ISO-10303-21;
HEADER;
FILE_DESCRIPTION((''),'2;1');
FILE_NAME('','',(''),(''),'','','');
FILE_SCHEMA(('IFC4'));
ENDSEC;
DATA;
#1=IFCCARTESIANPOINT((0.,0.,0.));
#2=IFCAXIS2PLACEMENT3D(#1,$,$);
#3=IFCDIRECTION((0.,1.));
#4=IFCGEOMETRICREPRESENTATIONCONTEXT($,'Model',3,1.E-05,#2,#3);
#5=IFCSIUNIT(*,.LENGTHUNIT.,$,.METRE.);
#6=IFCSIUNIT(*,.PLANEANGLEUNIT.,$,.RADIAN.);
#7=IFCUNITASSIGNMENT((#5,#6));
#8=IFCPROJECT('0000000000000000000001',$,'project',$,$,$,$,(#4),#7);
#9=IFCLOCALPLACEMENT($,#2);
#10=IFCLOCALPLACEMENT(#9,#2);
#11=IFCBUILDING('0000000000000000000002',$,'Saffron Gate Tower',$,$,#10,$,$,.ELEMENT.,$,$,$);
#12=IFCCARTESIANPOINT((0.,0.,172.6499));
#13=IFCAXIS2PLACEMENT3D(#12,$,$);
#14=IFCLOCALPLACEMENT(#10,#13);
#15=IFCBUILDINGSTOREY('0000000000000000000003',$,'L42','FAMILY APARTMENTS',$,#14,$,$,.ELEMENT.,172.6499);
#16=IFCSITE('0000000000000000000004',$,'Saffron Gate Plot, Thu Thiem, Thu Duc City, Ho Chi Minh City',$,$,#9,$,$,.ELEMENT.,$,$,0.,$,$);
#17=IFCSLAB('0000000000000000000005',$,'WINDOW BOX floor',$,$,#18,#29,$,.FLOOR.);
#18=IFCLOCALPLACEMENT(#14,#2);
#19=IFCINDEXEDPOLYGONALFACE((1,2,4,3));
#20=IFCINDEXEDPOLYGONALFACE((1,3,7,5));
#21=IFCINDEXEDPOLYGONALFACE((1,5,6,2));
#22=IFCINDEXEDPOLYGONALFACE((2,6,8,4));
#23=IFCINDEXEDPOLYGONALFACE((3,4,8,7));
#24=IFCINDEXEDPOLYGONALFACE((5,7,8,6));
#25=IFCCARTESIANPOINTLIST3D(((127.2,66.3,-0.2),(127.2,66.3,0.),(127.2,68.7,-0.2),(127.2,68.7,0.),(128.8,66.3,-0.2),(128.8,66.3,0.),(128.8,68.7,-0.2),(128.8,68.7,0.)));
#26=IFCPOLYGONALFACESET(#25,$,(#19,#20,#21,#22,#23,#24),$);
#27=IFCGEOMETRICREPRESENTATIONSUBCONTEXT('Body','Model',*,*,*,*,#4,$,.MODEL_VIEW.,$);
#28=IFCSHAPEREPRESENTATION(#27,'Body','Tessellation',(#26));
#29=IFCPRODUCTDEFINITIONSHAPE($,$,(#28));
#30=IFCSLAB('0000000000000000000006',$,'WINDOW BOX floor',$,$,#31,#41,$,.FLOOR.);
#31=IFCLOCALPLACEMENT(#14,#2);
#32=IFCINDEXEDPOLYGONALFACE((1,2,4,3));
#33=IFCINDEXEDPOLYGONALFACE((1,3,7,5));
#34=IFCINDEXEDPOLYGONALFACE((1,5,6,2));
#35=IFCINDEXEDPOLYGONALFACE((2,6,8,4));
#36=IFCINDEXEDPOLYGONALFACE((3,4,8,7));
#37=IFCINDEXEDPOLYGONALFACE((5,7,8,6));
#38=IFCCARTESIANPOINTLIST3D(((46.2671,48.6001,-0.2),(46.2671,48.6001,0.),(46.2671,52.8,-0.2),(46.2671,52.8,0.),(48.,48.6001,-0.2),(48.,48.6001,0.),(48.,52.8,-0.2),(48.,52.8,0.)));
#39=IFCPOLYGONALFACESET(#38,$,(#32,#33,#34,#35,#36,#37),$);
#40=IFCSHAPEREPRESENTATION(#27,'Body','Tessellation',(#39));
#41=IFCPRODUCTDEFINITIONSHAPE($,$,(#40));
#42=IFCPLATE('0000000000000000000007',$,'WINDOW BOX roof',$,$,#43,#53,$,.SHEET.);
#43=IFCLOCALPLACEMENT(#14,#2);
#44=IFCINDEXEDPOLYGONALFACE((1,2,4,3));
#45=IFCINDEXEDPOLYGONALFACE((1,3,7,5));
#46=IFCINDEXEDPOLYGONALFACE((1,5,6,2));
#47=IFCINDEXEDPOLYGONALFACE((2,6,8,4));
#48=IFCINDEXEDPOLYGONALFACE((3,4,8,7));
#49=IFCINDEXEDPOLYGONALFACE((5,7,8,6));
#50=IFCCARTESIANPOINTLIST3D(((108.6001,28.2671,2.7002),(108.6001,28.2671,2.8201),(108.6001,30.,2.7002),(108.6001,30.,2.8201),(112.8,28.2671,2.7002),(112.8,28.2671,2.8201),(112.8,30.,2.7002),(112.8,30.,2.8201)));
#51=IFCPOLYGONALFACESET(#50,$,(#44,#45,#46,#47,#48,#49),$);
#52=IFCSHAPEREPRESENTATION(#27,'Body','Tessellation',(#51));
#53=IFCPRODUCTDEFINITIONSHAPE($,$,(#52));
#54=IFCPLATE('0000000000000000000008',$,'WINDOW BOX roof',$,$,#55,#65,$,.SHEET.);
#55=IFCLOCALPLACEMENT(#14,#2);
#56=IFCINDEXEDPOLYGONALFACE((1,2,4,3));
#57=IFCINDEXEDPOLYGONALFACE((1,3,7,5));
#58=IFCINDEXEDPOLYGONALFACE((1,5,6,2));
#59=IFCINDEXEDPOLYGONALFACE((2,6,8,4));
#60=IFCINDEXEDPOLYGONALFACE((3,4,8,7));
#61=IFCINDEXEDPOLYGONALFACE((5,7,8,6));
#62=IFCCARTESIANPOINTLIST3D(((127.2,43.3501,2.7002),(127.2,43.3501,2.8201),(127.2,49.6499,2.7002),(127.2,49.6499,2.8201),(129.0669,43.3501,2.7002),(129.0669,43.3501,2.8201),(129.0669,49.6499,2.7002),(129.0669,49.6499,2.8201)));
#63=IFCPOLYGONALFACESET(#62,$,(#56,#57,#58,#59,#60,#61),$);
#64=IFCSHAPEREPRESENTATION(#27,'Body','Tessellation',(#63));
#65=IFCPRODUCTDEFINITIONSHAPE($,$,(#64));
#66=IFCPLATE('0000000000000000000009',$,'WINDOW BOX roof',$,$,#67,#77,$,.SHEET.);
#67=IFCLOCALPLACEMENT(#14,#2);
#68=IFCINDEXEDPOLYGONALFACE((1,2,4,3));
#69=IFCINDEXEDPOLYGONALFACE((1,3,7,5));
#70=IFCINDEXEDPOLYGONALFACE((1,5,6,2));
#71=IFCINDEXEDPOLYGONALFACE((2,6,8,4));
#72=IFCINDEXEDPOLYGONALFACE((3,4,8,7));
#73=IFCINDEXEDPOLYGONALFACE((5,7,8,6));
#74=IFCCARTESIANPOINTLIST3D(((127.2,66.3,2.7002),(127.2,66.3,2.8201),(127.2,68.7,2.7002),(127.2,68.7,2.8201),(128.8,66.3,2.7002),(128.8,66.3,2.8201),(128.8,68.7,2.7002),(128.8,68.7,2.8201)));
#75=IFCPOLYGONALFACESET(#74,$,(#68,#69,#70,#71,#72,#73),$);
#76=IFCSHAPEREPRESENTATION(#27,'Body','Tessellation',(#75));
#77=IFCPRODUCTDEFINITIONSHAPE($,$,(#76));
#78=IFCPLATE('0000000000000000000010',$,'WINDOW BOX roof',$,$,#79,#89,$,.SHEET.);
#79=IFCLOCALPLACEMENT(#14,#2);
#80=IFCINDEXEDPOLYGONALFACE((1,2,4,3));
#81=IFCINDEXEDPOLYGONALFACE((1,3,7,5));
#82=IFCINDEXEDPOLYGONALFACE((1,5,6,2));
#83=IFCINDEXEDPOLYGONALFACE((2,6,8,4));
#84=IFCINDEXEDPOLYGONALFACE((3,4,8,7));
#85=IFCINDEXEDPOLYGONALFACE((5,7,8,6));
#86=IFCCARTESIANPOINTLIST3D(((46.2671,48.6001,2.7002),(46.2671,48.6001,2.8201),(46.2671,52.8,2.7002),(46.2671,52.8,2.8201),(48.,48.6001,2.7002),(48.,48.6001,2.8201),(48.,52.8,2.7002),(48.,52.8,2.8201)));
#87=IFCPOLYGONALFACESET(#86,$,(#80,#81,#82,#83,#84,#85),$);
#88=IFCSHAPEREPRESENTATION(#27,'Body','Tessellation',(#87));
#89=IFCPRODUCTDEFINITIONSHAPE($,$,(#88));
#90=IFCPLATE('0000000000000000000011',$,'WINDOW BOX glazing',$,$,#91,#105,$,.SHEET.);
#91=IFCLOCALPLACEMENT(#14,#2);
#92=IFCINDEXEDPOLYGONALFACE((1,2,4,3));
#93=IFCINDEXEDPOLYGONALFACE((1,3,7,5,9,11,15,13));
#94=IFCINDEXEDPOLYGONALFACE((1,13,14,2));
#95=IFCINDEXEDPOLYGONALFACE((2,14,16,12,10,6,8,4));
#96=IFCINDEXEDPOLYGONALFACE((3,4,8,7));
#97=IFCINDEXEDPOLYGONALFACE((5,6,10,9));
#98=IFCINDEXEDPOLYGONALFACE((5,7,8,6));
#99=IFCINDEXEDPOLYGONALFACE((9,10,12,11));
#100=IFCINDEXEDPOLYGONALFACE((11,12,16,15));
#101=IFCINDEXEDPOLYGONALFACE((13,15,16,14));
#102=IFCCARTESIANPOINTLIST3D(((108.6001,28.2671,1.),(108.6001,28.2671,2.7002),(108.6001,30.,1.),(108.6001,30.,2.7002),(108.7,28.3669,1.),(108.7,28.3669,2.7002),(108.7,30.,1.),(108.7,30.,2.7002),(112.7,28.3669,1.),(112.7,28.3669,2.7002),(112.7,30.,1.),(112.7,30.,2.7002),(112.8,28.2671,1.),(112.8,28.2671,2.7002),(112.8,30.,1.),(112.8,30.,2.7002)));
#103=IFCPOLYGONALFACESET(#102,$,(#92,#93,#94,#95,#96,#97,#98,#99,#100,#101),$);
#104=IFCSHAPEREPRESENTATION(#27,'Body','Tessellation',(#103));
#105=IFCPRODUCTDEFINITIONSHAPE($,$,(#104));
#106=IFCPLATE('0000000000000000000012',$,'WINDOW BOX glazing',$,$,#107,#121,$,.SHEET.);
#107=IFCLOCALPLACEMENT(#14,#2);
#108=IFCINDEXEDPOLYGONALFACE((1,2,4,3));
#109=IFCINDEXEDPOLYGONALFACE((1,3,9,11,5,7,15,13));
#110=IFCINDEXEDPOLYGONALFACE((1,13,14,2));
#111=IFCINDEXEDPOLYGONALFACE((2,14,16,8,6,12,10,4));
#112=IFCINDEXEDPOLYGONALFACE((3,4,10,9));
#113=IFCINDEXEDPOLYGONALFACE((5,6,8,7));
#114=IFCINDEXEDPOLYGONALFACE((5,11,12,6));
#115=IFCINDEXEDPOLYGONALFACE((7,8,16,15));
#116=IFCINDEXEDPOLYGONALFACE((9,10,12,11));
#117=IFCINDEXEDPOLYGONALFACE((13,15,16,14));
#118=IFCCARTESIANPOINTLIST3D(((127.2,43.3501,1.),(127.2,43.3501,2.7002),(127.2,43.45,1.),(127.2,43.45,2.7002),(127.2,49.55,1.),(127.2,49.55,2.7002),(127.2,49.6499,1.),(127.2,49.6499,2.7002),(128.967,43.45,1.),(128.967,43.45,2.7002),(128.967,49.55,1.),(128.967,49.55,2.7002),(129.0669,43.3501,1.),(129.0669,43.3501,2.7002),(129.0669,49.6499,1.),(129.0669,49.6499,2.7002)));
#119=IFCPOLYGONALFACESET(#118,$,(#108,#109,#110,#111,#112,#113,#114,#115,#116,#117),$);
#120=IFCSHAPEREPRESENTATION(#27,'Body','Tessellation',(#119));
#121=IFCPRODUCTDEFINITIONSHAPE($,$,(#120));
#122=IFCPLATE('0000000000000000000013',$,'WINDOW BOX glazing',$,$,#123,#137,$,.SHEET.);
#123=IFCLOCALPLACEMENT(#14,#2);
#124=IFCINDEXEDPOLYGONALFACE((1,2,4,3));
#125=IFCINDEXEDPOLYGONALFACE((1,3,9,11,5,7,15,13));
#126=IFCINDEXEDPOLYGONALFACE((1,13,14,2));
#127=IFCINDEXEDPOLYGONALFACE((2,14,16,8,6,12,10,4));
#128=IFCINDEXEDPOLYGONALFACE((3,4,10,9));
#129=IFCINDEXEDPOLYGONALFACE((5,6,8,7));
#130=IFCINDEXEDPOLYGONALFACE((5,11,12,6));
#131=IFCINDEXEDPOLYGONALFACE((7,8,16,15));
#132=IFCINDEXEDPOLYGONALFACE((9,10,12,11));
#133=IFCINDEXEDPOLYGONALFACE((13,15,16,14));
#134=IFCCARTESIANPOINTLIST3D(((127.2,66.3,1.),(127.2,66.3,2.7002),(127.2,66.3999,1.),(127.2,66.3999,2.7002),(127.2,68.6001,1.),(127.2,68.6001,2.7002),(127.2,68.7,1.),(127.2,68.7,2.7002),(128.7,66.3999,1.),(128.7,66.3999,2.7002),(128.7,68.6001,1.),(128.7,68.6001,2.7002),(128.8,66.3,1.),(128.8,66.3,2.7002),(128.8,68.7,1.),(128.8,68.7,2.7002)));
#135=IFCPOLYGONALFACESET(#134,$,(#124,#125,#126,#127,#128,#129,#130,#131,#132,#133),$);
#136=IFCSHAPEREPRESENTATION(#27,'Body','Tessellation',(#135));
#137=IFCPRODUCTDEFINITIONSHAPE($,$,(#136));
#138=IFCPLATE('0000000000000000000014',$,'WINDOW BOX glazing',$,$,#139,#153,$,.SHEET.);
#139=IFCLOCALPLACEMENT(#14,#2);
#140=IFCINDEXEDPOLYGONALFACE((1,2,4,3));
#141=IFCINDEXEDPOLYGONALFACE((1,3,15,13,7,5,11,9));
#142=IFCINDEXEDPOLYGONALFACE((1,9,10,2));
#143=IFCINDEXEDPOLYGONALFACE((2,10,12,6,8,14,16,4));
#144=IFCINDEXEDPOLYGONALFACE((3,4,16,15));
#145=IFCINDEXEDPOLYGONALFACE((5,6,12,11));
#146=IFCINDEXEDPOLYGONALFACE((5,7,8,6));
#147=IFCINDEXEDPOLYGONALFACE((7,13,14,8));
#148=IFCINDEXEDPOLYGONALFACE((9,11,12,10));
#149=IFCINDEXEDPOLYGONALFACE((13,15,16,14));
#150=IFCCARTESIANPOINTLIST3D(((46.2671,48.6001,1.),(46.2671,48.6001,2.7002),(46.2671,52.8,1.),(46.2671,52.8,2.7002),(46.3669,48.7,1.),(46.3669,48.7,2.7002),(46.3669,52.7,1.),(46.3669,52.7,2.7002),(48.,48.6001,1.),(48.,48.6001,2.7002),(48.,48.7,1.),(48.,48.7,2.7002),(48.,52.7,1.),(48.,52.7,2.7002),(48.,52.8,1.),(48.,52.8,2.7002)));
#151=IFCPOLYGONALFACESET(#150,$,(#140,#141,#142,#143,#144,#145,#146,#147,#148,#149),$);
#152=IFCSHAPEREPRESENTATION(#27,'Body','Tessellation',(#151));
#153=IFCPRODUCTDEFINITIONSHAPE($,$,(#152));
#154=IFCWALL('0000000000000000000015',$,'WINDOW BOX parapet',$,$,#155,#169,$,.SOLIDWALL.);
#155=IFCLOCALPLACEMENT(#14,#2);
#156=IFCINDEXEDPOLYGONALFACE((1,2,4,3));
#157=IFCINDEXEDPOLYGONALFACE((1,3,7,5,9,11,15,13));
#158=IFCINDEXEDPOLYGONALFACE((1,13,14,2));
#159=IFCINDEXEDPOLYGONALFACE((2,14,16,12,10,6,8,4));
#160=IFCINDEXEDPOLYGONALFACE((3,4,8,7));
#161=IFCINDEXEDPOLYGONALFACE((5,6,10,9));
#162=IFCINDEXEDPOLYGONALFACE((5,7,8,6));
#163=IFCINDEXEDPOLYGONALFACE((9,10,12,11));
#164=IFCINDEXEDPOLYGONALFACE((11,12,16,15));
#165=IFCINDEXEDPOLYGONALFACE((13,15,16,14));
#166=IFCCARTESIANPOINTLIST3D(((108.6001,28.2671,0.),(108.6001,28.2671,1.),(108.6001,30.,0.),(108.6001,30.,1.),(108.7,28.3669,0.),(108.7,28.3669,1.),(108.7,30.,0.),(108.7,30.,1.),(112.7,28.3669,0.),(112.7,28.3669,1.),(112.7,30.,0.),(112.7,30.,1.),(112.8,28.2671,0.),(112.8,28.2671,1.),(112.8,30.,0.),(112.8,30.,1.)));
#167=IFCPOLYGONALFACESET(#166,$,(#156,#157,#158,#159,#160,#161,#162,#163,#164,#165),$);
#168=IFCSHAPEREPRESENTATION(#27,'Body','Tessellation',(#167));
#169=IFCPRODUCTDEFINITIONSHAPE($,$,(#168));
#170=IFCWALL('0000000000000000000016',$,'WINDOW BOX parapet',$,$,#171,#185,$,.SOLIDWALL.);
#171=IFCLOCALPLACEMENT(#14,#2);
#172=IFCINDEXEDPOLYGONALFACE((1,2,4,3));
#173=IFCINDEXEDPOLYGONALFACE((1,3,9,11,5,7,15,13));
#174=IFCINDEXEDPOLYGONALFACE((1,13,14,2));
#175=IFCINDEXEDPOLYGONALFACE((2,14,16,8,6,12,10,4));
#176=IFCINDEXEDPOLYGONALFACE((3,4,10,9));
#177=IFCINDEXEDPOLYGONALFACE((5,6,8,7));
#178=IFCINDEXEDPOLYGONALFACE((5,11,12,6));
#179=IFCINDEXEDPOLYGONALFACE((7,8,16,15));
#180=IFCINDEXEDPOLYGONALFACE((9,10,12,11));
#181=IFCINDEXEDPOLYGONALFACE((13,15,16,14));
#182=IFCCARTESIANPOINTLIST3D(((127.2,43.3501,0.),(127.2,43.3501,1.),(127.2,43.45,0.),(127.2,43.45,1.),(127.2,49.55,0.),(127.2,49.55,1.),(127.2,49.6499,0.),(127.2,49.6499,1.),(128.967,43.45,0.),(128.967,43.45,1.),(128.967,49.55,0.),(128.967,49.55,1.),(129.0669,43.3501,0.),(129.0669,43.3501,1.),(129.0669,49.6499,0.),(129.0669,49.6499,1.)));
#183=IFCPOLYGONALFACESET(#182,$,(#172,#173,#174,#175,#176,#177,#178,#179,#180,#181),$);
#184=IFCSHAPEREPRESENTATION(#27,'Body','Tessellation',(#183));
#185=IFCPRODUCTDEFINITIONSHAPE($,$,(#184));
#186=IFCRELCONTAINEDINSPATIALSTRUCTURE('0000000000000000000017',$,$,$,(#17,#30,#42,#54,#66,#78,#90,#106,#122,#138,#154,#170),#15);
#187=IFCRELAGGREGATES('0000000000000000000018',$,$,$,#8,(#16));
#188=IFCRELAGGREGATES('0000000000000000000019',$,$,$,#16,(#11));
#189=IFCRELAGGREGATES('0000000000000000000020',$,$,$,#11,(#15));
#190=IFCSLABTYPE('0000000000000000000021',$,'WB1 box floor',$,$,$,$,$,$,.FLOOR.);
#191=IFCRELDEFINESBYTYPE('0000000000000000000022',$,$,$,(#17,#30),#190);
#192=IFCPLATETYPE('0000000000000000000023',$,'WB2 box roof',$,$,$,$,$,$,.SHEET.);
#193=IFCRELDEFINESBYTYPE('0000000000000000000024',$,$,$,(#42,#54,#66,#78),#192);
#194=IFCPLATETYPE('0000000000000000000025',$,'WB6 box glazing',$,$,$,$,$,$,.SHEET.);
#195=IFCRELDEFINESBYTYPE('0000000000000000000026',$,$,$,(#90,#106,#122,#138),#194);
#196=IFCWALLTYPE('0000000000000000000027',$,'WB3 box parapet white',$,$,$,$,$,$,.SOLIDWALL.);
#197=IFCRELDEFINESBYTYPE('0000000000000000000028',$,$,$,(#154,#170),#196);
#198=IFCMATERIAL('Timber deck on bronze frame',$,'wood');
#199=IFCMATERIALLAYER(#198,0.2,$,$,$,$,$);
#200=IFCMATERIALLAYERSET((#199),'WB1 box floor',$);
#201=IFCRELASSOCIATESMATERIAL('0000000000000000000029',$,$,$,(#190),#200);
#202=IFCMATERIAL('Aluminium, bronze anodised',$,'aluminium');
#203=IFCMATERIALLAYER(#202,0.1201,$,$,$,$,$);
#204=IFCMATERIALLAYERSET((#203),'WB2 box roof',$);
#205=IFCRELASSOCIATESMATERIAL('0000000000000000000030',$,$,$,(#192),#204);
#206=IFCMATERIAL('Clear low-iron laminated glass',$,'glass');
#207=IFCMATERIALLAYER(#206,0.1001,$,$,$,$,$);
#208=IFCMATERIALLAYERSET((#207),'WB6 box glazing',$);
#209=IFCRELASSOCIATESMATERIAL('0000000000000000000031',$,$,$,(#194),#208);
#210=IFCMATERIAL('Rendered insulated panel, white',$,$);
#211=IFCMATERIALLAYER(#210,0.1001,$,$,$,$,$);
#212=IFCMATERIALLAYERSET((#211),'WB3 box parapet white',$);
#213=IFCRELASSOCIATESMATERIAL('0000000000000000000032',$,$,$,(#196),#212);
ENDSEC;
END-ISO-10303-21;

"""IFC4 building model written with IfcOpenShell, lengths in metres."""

from ifc_helpers import new_model, si_unit, direction, frame, origin, place, context, subcontext, project, spatial, polyline, outline, extrude, material, layer, layer_set, type_object, element, save


model = new_model("IFC4")

# Units and contexts
model_context = context("Model", 3, precision=1e-05, world=origin(), true_north=direction((0.0, 1.0)))
body_context = subcontext(model_context, "Body", "Model", "MODEL_VIEW")
ifc_project = project(units=[si_unit("LENGTHUNIT", "METRE"), si_unit("PLANEANGLEUNIT", "RADIAN")], contexts=[model_context])

# Site, building, storey
site_placement = place(None, origin())
site = spatial("IfcSite", under=ifc_project, at=site_placement, Name="Saffron Gate Plot, Thu Thiem, Thu Duc City, Ho Chi Minh City", CompositionType="ELEMENT", RefElevation=0.0)
building_placement = place(site_placement, origin())
building = spatial("IfcBuilding", under=site, at=building_placement, Name="Saffron Gate Tower", CompositionType="ELEMENT")
storey_placement = place(building_placement, frame((0.0, 0.0, 172.6499)))
storey = spatial("IfcBuildingStorey", under=building, at=storey_placement, Name="L42", Description="FAMILY APARTMENTS", CompositionType="ELEMENT", Elevation=172.6499)

# Slabs
ifc_material_1 = material(Name="Timber deck on bronze frame", Category="wood")
ifc_layer_1 = layer(ifc_material_1, 0.2)
ifc_layer_set_1 = layer_set([ifc_layer_1], Name="WB1 box floor")
slab_type_1 = type_object("IfcSlabType", Name="WB1 box floor", PredefinedType="FLOOR", material=ifc_layer_set_1)
slab_1_placement = place(storey_placement, frame((0.0, 0.0, -0.2)))
element("IfcSlab", 1, at=slab_1_placement, inside=storey, type_object=slab_type_1, Name="WINDOW BOX floor", PredefinedType="FLOOR", context=body_context, shape_type="SweptSolid", body=[
    extrude(outline(polyline([(127.2, 66.3), (127.2, 68.7), (128.8, 68.7), (128.8, 66.3), (127.2, 66.3)])), origin(), (0.0, 0.0, 1.0), 0.2),
])
slab_2_placement = place(storey_placement, frame((0.0, 0.0, -0.2)))
element("IfcSlab", 2, at=slab_2_placement, inside=storey, type_object=slab_type_1, Name="WINDOW BOX floor", PredefinedType="FLOOR", context=body_context, shape_type="SweptSolid", body=[
    extrude(outline(polyline([(48.0, 52.8), (48.0, 48.6001), (46.2671, 48.6001), (46.2671, 52.8), (48.0, 52.8)])), origin(), (0.0, 0.0, 1.0), 0.2),
])

# Plates
ifc_material_2 = material(Name="Aluminium, bronze anodised", Category="aluminium")
ifc_layer_2 = layer(ifc_material_2, 0.1201)
ifc_layer_set_2 = layer_set([ifc_layer_2], Name="WB2 box roof")
plate_type_1 = type_object("IfcPlateType", Name="WB2 box roof", PredefinedType="SHEET", material=ifc_layer_set_2)
plate_1_placement = place(storey_placement, frame((0.0, 0.0, 2.7002)))
element("IfcPlate", 3, at=plate_1_placement, inside=storey, type_object=plate_type_1, Name="WINDOW BOX roof", PredefinedType="SHEET", context=body_context, shape_type="SweptSolid", body=[
    extrude(outline(polyline([(108.6001, 30.0), (112.8, 30.0), (112.8, 28.2671), (108.6001, 28.2671), (108.6001, 30.0)])), origin(), (0.0, 0.0, 1.0), 0.1199),
])
plate_2_placement = place(storey_placement, frame((0.0, 0.0, 2.7002)))
element("IfcPlate", 4, at=plate_2_placement, inside=storey, type_object=plate_type_1, Name="WINDOW BOX roof", PredefinedType="SHEET", context=body_context, shape_type="SweptSolid", body=[
    extrude(outline(polyline([(127.2, 43.3501), (127.2, 49.6499), (129.0669, 49.6499), (129.0669, 43.3501), (127.2, 43.3501)])), origin(), (0.0, 0.0, 1.0), 0.1199),
])
plate_3_placement = place(storey_placement, frame((0.0, 0.0, 2.7002)))
element("IfcPlate", 5, at=plate_3_placement, inside=storey, type_object=plate_type_1, Name="WINDOW BOX roof", PredefinedType="SHEET", context=body_context, shape_type="SweptSolid", body=[
    extrude(outline(polyline([(127.2, 66.3), (127.2, 68.7), (128.8, 68.7), (128.8, 66.3), (127.2, 66.3)])), origin(), (0.0, 0.0, 1.0), 0.1199),
])
plate_4_placement = place(storey_placement, frame((0.0, 0.0, 2.7002)))
element("IfcPlate", 6, at=plate_4_placement, inside=storey, type_object=plate_type_1, Name="WINDOW BOX roof", PredefinedType="SHEET", context=body_context, shape_type="SweptSolid", body=[
    extrude(outline(polyline([(48.0, 52.8), (48.0, 48.6001), (46.2671, 48.6001), (46.2671, 52.8), (48.0, 52.8)])), origin(), (0.0, 0.0, 1.0), 0.1199),
])
ifc_material_3 = material(Name="Clear low-iron laminated glass", Category="glass")
ifc_layer_3 = layer(ifc_material_3, 0.1001)
ifc_layer_set_3 = layer_set([ifc_layer_3], Name="WB6 box glazing")
plate_type_2 = type_object("IfcPlateType", Name="WB6 box glazing", PredefinedType="SHEET", material=ifc_layer_set_3)
plate_5_placement = place(storey_placement, frame((0.0, 0.0, 1.0)))
element("IfcPlate", 7, at=plate_5_placement, inside=storey, type_object=plate_type_2, Name="WINDOW BOX glazing", PredefinedType="SHEET", context=body_context, shape_type="SweptSolid", body=[
    extrude(outline(polyline([(108.6001, 30.0), (108.7, 30.0), (108.7, 28.3669), (112.7, 28.3669), (112.7, 30.0), (112.8, 30.0), (112.8, 28.2671), (108.6001, 28.2671), (108.6001, 30.0)])), origin(), (0.0, 0.0, 1.0), 1.7002),
])
plate_6_placement = place(storey_placement, frame((0.0, 0.0, 1.0)))
element("IfcPlate", 8, at=plate_6_placement, inside=storey, type_object=plate_type_2, Name="WINDOW BOX glazing", PredefinedType="SHEET", context=body_context, shape_type="SweptSolid", body=[
    extrude(outline(polyline([(127.2, 43.3501), (127.2, 43.45), (128.967, 43.45), (128.967, 49.55), (127.2, 49.55), (127.2, 49.6499), (129.0669, 49.6499), (129.0669, 43.3501), (127.2, 43.3501)])), origin(), (0.0, 0.0, 1.0), 1.7002),
])
plate_7_placement = place(storey_placement, frame((0.0, 0.0, 1.0)))
element("IfcPlate", 9, at=plate_7_placement, inside=storey, type_object=plate_type_2, Name="WINDOW BOX glazing", PredefinedType="SHEET", context=body_context, shape_type="SweptSolid", body=[
    extrude(outline(polyline([(127.2, 66.3), (127.2, 66.3999), (128.7, 66.3999), (128.7, 68.6001), (127.2, 68.6001), (127.2, 68.7), (128.8, 68.7), (128.8, 66.3), (127.2, 66.3)])), origin(), (0.0, 0.0, 1.0), 1.7002),
])
plate_8_placement = place(storey_placement, frame((0.0, 0.0, 1.0)))
element("IfcPlate", 10, at=plate_8_placement, inside=storey, type_object=plate_type_2, Name="WINDOW BOX glazing", PredefinedType="SHEET", context=body_context, shape_type="SweptSolid", body=[
    extrude(outline(polyline([(48.0, 52.8), (48.0, 52.7), (46.3669, 52.7), (46.3669, 48.7), (48.0, 48.7), (48.0, 48.6001), (46.2671, 48.6001), (46.2671, 52.8), (48.0, 52.8)])), origin(), (0.0, 0.0, 1.0), 1.7002),
])

# Walls
ifc_material_4 = material(Name="Rendered insulated panel, white")
ifc_layer_4 = layer(ifc_material_4, 0.1001)
ifc_layer_set_4 = layer_set([ifc_layer_4], Name="WB3 box parapet white")
wall_type = type_object("IfcWallType", Name="WB3 box parapet white", PredefinedType="SOLIDWALL", material=ifc_layer_set_4)
wall_1_placement = place(storey_placement, origin())
element("IfcWall", 11, at=wall_1_placement, inside=storey, type_object=wall_type, Name="WINDOW BOX parapet", PredefinedType="SOLIDWALL", context=body_context, shape_type="SweptSolid", body=[
    extrude(outline(polyline([(108.6001, 30.0), (108.7, 30.0), (108.7, 28.3669), (112.7, 28.3669), (112.7, 30.0), (112.8, 30.0), (112.8, 28.2671), (108.6001, 28.2671), (108.6001, 30.0)])), origin(), (0.0, 0.0, 1.0), 1.0),
])
wall_2_placement = place(storey_placement, origin())
element("IfcWall", 12, at=wall_2_placement, inside=storey, type_object=wall_type, Name="WINDOW BOX parapet", PredefinedType="SOLIDWALL", context=body_context, shape_type="SweptSolid", body=[
    extrude(outline(polyline([(127.2, 43.3501), (127.2, 43.45), (128.967, 43.45), (128.967, 49.55), (127.2, 49.55), (127.2, 49.6499), (129.0669, 49.6499), (129.0669, 43.3501), (127.2, 43.3501)])), origin(), (0.0, 0.0, 1.0), 1.0),
])

save(model, "model.ifc")
